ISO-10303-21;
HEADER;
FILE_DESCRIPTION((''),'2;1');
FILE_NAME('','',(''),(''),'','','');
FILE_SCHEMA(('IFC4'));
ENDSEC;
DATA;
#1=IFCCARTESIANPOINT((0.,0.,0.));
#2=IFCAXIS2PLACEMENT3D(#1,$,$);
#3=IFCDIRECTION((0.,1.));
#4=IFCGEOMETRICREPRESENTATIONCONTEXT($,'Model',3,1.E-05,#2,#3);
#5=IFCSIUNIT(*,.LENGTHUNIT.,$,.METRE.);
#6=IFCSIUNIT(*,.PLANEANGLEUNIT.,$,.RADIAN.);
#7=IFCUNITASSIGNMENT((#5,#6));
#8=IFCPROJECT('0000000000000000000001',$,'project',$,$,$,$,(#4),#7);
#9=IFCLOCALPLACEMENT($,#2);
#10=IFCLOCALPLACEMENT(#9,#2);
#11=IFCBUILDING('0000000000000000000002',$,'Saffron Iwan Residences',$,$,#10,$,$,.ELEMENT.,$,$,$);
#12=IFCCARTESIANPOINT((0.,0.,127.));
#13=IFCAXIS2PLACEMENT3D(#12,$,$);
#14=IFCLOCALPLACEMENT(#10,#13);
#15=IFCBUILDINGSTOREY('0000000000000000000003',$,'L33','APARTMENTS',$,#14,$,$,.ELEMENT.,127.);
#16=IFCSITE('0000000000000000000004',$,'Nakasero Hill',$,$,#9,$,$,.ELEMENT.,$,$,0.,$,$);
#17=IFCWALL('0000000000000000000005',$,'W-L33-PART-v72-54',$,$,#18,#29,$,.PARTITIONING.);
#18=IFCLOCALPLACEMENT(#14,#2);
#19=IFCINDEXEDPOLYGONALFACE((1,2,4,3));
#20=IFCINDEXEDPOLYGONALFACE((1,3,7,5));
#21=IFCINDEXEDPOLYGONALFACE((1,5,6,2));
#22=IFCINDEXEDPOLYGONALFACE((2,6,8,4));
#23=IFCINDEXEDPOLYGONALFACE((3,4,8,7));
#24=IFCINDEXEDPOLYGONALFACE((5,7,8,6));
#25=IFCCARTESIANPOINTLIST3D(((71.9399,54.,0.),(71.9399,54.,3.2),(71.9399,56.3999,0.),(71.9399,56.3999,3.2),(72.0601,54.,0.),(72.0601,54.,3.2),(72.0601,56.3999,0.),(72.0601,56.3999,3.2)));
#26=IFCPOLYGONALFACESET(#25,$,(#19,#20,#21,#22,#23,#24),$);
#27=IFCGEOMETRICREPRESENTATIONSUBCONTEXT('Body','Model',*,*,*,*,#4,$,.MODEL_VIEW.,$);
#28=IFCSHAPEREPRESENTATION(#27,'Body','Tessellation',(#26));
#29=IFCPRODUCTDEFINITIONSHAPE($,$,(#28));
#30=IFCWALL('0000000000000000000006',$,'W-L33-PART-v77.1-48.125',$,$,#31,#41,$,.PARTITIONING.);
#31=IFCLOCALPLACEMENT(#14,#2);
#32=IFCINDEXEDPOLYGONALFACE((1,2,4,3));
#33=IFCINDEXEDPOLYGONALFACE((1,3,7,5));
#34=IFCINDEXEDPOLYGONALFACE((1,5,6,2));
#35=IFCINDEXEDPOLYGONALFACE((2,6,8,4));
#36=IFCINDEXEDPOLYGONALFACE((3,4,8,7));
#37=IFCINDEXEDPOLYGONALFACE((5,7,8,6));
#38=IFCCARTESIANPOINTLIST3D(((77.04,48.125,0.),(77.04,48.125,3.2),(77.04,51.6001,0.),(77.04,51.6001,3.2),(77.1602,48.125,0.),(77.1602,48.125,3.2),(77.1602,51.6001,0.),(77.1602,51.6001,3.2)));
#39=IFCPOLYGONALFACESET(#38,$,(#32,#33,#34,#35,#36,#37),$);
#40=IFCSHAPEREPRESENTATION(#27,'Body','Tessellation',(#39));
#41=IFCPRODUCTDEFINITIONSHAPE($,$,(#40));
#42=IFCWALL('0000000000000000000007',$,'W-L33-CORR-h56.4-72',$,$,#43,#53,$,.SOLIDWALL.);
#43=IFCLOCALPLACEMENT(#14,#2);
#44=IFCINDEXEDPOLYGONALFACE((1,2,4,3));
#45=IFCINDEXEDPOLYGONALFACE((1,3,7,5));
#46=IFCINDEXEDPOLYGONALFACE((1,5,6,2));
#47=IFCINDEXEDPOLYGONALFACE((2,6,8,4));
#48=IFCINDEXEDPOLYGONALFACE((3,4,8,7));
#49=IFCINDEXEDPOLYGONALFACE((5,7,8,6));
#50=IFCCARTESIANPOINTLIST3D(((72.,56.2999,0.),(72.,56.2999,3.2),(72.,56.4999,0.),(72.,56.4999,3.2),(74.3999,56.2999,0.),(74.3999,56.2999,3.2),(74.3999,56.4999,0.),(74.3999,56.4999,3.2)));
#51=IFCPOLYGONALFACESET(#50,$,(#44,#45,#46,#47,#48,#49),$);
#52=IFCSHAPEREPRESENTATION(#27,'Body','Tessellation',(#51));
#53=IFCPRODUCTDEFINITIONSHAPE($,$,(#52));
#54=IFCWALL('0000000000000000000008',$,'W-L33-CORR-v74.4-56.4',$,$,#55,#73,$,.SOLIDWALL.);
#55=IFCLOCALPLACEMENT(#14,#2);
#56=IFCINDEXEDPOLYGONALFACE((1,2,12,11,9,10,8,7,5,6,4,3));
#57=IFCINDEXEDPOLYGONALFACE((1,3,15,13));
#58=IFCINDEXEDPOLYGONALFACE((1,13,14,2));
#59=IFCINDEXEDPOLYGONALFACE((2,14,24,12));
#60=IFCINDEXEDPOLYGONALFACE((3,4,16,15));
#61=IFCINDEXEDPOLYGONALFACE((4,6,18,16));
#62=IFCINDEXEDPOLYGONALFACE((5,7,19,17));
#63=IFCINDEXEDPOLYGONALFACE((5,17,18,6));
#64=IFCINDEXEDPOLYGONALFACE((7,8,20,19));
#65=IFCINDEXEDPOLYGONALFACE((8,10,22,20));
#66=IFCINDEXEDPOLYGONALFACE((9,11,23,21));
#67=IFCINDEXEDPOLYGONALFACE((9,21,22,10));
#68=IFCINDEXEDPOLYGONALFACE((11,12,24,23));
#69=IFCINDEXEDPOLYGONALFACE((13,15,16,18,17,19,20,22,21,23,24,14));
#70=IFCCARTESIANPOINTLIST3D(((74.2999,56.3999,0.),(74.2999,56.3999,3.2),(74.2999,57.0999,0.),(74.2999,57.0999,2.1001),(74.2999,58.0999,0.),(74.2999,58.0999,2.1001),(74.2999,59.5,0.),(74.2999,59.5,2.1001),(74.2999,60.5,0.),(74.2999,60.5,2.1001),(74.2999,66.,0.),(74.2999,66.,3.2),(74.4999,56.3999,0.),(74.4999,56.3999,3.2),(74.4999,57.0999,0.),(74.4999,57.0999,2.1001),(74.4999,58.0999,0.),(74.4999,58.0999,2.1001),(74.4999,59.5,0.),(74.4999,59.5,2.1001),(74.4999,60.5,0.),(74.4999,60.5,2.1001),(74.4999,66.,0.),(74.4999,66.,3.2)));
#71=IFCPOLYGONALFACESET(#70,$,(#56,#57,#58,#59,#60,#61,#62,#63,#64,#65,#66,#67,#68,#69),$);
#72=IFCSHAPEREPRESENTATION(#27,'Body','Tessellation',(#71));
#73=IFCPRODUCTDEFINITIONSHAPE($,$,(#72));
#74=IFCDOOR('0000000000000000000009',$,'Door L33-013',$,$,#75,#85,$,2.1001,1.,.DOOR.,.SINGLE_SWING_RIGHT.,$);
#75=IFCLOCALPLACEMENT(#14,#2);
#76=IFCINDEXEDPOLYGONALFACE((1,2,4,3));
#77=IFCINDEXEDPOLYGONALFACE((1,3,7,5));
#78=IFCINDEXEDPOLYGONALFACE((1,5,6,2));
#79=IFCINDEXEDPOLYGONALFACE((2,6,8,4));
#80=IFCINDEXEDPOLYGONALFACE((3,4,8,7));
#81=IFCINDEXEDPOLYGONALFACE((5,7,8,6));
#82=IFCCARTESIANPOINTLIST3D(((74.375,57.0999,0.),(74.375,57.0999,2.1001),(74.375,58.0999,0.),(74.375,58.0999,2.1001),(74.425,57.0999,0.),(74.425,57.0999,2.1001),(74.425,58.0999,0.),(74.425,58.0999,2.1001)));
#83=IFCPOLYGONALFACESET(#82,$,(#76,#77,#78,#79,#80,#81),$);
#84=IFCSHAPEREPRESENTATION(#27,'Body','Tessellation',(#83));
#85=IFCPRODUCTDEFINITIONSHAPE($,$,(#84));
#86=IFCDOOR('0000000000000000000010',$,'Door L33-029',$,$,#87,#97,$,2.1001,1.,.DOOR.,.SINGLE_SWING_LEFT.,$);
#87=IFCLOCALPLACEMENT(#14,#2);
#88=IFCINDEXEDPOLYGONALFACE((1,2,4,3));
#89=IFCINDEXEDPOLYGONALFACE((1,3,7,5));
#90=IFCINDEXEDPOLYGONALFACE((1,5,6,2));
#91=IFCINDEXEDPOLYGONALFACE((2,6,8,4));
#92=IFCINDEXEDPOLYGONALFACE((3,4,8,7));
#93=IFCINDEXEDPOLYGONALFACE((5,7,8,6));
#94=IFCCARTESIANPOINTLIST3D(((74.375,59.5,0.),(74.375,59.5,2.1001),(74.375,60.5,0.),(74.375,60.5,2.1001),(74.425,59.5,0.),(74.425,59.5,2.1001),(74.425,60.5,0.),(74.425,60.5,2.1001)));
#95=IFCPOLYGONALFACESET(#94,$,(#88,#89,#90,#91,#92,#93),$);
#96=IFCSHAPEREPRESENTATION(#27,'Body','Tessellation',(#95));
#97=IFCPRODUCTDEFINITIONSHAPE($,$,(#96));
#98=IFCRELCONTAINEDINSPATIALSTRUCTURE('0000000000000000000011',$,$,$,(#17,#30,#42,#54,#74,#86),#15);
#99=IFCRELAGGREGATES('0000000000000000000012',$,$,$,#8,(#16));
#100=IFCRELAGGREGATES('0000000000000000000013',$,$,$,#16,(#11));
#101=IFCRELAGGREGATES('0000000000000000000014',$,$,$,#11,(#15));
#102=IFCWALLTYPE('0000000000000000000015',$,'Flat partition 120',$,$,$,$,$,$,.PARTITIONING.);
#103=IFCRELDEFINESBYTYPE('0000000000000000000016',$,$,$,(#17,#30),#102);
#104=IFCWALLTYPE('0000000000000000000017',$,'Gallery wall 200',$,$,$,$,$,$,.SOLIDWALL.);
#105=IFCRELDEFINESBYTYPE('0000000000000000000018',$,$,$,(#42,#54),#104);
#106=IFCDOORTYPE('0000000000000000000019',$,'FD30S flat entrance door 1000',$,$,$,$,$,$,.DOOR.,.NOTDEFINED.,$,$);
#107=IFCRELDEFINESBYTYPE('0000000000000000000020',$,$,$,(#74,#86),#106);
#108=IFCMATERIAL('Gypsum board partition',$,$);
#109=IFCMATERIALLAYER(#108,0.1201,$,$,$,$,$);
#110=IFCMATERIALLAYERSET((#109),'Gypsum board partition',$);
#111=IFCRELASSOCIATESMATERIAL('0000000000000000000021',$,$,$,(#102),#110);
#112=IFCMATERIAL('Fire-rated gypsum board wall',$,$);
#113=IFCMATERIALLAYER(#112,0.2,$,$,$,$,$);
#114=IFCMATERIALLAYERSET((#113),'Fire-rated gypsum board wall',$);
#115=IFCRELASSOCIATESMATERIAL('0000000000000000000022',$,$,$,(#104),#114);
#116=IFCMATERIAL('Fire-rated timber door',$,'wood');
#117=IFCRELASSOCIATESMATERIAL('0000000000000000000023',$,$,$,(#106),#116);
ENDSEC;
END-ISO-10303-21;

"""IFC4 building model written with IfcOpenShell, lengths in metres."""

from ifc_helpers import new_model, si_unit, direction, frame, frame_2d, origin, place, context, subcontext, project, spatial, rectangle, extrude, material, layer, layer_set, type_object, element, fill, save


model = new_model("IFC4")

# Units and contexts
model_context = context("Model", 3, precision=1e-05, world=origin(), true_north=direction((0.0, 1.0)))
body_context = subcontext(model_context, "Body", "Model", "MODEL_VIEW")
ifc_project = project(units=[si_unit("LENGTHUNIT", "METRE"), si_unit("PLANEANGLEUNIT", "RADIAN")], contexts=[model_context])

# Site, building, storey
site_placement = place(None, origin())
site = spatial("IfcSite", under=ifc_project, at=site_placement, Name="Nakasero Hill", CompositionType="ELEMENT", RefElevation=0.0)
building_placement = place(site_placement, origin())
building = spatial("IfcBuilding", under=site, at=building_placement, Name="Saffron Iwan Residences", CompositionType="ELEMENT")
storey_placement = place(building_placement, frame((0.0, 0.0, 127.0)))
storey = spatial("IfcBuildingStorey", under=building, at=storey_placement, Name="L33", Description="APARTMENTS", CompositionType="ELEMENT", Elevation=127.0)

# Shared definitions
ifc_material_1 = material(Name="Fire-rated gypsum board wall")

# Shared definitions
ifc_material_2 = material(Name="Gypsum board partition")
ifc_layer_1 = layer(ifc_material_2, 0.1201)
ifc_layer_set_1 = layer_set([ifc_layer_1], Name="Gypsum board partition")
wall_type_1 = type_object("IfcWallType", Name="Flat partition 120", PredefinedType="PARTITIONING", material=ifc_layer_set_1)

# Walls
wall_1_placement = place(storey_placement, frame((72.0, 54.0, 0.0), z_axis=(0.0, 0.0, 1.0), x_axis=(0.0, 1.0, 0.0)))
element("IfcWall", 1, at=wall_1_placement, inside=storey, type_object=wall_type_1, Name="W-L33-PART-v72-54", PredefinedType="PARTITIONING", context=body_context, shape_type="SweptSolid", body=[
    extrude(rectangle(XDim=2.3999, YDim=0.1201, at=frame_2d((1.2, 0.0))), origin(), (0.0, 0.0, 1.0), 3.2),
])
wall_2_placement = place(storey_placement, frame((77.1001, 48.125, 0.0), z_axis=(0.0, 0.0, 1.0), x_axis=(0.0, 1.0, 0.0)))
element("IfcWall", 2, at=wall_2_placement, inside=storey, type_object=wall_type_1, Name="W-L33-PART-v77.1-48.125", PredefinedType="PARTITIONING", context=body_context, shape_type="SweptSolid", body=[
    extrude(rectangle(XDim=3.4751, YDim=0.1201, at=frame_2d((1.7375, 0.0))), origin(), (0.0, 0.0, 1.0), 3.2),
])
ifc_layer_2 = layer(ifc_material_1, 0.2)
ifc_layer_set_2 = layer_set([ifc_layer_2], Name="Fire-rated gypsum board wall")
wall_type_2 = type_object("IfcWallType", Name="Gallery wall 200", PredefinedType="SOLIDWALL", material=ifc_layer_set_2)
wall_3_placement = place(storey_placement, frame((72.0, 56.3999, 0.0), z_axis=(0.0, 0.0, 1.0), x_axis=(1.0, 0.0, 0.0)))
element("IfcWall", 3, at=wall_3_placement, inside=storey, type_object=wall_type_2, Name="W-L33-CORR-h56.4-72", PredefinedType="SOLIDWALL", context=body_context, shape_type="SweptSolid", body=[
    extrude(rectangle(XDim=2.3999, YDim=0.2, at=frame_2d((1.2, 0.0))), origin(), (0.0, 0.0, 1.0), 3.2),
])

# Wall, openings, doors
wall_4_placement = place(storey_placement, frame((74.3999, 56.3999, 0.0), z_axis=(0.0, 0.0, 1.0), x_axis=(0.0, 1.0, 0.0)))
wall_4 = element("IfcWall", 4, at=wall_4_placement, inside=storey, type_object=wall_type_2, Name="W-L33-CORR-v74.4-56.4", PredefinedType="SOLIDWALL", context=body_context, shape_type="SweptSolid", body=[
    extrude(rectangle(XDim=9.6001, YDim=0.2, at=frame_2d((4.8, 0.0))), origin(), (0.0, 0.0, 1.0), 3.2),
])
opening_1_placement = place(wall_4_placement, frame((0.7, 0.0, 0.0)))
opening_1 = element("IfcOpeningElement", 5, at=opening_1_placement, cuts=wall_4, PredefinedType="OPENING", context=body_context, shape_type="SweptSolid", body=[
    extrude(rectangle(XDim=1.0, YDim=2.1001, at=frame_2d((0.5, 1.05))), frame((0.0, 0.1099, 0.0), z_axis=(0.0, -1.0, 0.0), x_axis=(1.0, 0.0, 0.0)), (0.0, 0.0, 1.0), 0.22),
])
opening_2_placement = place(wall_4_placement, frame((3.1001, 0.0, 0.0)))
opening_2 = element("IfcOpeningElement", 6, at=opening_2_placement, cuts=wall_4, PredefinedType="OPENING", context=body_context, shape_type="SweptSolid", body=[
    extrude(rectangle(XDim=1.0, YDim=2.1001, at=frame_2d((0.5, 1.05))), frame((0.0, 0.1099, 0.0), z_axis=(0.0, -1.0, 0.0), x_axis=(1.0, 0.0, 0.0)), (0.0, 0.0, 1.0), 0.22),
])
ifc_material_3 = material(Name="Fire-rated timber door", Category="wood")
door_type_1 = type_object("IfcDoorType", Name="FD30S flat entrance door 1000", OperationType="NOTDEFINED", PredefinedType="DOOR", material=ifc_material_3)
door_1_placement = place(opening_1_placement, origin())
door_1 = element("IfcDoor", 7, at=door_1_placement, inside=storey, type_object=door_type_1, Name="Door L33-013", OperationType="SINGLE_SWING_RIGHT", OverallHeight=2.1001, OverallWidth=1.0, PredefinedType="DOOR", context=body_context, shape_type="SweptSolid", body=[
    extrude(rectangle(XDim=1.0, YDim=2.1001, at=frame_2d((0.5, 1.05))), frame((0.0, 0.0249, 0.0), z_axis=(0.0, -1.0, 0.0), x_axis=(1.0, 0.0, 0.0)), (0.0, 0.0, 1.0), 0.05),
])
fill(opening_1, door_1)
door_2_placement = place(opening_2_placement, origin())
door_2 = element("IfcDoor", 8, at=door_2_placement, inside=storey, type_object=door_type_1, Name="Door L33-029", OperationType="SINGLE_SWING_LEFT", OverallHeight=2.1001, OverallWidth=1.0, PredefinedType="DOOR", context=body_context, shape_type="SweptSolid", body=[
    extrude(rectangle(XDim=1.0, YDim=2.1001, at=frame_2d((0.5, 1.05))), frame((0.0, 0.0249, 0.0), z_axis=(0.0, -1.0, 0.0), x_axis=(1.0, 0.0, 0.0)), (0.0, 0.0, 1.0), 0.05),
])
fill(opening_2, door_2)

save(model, "model.ifc")
